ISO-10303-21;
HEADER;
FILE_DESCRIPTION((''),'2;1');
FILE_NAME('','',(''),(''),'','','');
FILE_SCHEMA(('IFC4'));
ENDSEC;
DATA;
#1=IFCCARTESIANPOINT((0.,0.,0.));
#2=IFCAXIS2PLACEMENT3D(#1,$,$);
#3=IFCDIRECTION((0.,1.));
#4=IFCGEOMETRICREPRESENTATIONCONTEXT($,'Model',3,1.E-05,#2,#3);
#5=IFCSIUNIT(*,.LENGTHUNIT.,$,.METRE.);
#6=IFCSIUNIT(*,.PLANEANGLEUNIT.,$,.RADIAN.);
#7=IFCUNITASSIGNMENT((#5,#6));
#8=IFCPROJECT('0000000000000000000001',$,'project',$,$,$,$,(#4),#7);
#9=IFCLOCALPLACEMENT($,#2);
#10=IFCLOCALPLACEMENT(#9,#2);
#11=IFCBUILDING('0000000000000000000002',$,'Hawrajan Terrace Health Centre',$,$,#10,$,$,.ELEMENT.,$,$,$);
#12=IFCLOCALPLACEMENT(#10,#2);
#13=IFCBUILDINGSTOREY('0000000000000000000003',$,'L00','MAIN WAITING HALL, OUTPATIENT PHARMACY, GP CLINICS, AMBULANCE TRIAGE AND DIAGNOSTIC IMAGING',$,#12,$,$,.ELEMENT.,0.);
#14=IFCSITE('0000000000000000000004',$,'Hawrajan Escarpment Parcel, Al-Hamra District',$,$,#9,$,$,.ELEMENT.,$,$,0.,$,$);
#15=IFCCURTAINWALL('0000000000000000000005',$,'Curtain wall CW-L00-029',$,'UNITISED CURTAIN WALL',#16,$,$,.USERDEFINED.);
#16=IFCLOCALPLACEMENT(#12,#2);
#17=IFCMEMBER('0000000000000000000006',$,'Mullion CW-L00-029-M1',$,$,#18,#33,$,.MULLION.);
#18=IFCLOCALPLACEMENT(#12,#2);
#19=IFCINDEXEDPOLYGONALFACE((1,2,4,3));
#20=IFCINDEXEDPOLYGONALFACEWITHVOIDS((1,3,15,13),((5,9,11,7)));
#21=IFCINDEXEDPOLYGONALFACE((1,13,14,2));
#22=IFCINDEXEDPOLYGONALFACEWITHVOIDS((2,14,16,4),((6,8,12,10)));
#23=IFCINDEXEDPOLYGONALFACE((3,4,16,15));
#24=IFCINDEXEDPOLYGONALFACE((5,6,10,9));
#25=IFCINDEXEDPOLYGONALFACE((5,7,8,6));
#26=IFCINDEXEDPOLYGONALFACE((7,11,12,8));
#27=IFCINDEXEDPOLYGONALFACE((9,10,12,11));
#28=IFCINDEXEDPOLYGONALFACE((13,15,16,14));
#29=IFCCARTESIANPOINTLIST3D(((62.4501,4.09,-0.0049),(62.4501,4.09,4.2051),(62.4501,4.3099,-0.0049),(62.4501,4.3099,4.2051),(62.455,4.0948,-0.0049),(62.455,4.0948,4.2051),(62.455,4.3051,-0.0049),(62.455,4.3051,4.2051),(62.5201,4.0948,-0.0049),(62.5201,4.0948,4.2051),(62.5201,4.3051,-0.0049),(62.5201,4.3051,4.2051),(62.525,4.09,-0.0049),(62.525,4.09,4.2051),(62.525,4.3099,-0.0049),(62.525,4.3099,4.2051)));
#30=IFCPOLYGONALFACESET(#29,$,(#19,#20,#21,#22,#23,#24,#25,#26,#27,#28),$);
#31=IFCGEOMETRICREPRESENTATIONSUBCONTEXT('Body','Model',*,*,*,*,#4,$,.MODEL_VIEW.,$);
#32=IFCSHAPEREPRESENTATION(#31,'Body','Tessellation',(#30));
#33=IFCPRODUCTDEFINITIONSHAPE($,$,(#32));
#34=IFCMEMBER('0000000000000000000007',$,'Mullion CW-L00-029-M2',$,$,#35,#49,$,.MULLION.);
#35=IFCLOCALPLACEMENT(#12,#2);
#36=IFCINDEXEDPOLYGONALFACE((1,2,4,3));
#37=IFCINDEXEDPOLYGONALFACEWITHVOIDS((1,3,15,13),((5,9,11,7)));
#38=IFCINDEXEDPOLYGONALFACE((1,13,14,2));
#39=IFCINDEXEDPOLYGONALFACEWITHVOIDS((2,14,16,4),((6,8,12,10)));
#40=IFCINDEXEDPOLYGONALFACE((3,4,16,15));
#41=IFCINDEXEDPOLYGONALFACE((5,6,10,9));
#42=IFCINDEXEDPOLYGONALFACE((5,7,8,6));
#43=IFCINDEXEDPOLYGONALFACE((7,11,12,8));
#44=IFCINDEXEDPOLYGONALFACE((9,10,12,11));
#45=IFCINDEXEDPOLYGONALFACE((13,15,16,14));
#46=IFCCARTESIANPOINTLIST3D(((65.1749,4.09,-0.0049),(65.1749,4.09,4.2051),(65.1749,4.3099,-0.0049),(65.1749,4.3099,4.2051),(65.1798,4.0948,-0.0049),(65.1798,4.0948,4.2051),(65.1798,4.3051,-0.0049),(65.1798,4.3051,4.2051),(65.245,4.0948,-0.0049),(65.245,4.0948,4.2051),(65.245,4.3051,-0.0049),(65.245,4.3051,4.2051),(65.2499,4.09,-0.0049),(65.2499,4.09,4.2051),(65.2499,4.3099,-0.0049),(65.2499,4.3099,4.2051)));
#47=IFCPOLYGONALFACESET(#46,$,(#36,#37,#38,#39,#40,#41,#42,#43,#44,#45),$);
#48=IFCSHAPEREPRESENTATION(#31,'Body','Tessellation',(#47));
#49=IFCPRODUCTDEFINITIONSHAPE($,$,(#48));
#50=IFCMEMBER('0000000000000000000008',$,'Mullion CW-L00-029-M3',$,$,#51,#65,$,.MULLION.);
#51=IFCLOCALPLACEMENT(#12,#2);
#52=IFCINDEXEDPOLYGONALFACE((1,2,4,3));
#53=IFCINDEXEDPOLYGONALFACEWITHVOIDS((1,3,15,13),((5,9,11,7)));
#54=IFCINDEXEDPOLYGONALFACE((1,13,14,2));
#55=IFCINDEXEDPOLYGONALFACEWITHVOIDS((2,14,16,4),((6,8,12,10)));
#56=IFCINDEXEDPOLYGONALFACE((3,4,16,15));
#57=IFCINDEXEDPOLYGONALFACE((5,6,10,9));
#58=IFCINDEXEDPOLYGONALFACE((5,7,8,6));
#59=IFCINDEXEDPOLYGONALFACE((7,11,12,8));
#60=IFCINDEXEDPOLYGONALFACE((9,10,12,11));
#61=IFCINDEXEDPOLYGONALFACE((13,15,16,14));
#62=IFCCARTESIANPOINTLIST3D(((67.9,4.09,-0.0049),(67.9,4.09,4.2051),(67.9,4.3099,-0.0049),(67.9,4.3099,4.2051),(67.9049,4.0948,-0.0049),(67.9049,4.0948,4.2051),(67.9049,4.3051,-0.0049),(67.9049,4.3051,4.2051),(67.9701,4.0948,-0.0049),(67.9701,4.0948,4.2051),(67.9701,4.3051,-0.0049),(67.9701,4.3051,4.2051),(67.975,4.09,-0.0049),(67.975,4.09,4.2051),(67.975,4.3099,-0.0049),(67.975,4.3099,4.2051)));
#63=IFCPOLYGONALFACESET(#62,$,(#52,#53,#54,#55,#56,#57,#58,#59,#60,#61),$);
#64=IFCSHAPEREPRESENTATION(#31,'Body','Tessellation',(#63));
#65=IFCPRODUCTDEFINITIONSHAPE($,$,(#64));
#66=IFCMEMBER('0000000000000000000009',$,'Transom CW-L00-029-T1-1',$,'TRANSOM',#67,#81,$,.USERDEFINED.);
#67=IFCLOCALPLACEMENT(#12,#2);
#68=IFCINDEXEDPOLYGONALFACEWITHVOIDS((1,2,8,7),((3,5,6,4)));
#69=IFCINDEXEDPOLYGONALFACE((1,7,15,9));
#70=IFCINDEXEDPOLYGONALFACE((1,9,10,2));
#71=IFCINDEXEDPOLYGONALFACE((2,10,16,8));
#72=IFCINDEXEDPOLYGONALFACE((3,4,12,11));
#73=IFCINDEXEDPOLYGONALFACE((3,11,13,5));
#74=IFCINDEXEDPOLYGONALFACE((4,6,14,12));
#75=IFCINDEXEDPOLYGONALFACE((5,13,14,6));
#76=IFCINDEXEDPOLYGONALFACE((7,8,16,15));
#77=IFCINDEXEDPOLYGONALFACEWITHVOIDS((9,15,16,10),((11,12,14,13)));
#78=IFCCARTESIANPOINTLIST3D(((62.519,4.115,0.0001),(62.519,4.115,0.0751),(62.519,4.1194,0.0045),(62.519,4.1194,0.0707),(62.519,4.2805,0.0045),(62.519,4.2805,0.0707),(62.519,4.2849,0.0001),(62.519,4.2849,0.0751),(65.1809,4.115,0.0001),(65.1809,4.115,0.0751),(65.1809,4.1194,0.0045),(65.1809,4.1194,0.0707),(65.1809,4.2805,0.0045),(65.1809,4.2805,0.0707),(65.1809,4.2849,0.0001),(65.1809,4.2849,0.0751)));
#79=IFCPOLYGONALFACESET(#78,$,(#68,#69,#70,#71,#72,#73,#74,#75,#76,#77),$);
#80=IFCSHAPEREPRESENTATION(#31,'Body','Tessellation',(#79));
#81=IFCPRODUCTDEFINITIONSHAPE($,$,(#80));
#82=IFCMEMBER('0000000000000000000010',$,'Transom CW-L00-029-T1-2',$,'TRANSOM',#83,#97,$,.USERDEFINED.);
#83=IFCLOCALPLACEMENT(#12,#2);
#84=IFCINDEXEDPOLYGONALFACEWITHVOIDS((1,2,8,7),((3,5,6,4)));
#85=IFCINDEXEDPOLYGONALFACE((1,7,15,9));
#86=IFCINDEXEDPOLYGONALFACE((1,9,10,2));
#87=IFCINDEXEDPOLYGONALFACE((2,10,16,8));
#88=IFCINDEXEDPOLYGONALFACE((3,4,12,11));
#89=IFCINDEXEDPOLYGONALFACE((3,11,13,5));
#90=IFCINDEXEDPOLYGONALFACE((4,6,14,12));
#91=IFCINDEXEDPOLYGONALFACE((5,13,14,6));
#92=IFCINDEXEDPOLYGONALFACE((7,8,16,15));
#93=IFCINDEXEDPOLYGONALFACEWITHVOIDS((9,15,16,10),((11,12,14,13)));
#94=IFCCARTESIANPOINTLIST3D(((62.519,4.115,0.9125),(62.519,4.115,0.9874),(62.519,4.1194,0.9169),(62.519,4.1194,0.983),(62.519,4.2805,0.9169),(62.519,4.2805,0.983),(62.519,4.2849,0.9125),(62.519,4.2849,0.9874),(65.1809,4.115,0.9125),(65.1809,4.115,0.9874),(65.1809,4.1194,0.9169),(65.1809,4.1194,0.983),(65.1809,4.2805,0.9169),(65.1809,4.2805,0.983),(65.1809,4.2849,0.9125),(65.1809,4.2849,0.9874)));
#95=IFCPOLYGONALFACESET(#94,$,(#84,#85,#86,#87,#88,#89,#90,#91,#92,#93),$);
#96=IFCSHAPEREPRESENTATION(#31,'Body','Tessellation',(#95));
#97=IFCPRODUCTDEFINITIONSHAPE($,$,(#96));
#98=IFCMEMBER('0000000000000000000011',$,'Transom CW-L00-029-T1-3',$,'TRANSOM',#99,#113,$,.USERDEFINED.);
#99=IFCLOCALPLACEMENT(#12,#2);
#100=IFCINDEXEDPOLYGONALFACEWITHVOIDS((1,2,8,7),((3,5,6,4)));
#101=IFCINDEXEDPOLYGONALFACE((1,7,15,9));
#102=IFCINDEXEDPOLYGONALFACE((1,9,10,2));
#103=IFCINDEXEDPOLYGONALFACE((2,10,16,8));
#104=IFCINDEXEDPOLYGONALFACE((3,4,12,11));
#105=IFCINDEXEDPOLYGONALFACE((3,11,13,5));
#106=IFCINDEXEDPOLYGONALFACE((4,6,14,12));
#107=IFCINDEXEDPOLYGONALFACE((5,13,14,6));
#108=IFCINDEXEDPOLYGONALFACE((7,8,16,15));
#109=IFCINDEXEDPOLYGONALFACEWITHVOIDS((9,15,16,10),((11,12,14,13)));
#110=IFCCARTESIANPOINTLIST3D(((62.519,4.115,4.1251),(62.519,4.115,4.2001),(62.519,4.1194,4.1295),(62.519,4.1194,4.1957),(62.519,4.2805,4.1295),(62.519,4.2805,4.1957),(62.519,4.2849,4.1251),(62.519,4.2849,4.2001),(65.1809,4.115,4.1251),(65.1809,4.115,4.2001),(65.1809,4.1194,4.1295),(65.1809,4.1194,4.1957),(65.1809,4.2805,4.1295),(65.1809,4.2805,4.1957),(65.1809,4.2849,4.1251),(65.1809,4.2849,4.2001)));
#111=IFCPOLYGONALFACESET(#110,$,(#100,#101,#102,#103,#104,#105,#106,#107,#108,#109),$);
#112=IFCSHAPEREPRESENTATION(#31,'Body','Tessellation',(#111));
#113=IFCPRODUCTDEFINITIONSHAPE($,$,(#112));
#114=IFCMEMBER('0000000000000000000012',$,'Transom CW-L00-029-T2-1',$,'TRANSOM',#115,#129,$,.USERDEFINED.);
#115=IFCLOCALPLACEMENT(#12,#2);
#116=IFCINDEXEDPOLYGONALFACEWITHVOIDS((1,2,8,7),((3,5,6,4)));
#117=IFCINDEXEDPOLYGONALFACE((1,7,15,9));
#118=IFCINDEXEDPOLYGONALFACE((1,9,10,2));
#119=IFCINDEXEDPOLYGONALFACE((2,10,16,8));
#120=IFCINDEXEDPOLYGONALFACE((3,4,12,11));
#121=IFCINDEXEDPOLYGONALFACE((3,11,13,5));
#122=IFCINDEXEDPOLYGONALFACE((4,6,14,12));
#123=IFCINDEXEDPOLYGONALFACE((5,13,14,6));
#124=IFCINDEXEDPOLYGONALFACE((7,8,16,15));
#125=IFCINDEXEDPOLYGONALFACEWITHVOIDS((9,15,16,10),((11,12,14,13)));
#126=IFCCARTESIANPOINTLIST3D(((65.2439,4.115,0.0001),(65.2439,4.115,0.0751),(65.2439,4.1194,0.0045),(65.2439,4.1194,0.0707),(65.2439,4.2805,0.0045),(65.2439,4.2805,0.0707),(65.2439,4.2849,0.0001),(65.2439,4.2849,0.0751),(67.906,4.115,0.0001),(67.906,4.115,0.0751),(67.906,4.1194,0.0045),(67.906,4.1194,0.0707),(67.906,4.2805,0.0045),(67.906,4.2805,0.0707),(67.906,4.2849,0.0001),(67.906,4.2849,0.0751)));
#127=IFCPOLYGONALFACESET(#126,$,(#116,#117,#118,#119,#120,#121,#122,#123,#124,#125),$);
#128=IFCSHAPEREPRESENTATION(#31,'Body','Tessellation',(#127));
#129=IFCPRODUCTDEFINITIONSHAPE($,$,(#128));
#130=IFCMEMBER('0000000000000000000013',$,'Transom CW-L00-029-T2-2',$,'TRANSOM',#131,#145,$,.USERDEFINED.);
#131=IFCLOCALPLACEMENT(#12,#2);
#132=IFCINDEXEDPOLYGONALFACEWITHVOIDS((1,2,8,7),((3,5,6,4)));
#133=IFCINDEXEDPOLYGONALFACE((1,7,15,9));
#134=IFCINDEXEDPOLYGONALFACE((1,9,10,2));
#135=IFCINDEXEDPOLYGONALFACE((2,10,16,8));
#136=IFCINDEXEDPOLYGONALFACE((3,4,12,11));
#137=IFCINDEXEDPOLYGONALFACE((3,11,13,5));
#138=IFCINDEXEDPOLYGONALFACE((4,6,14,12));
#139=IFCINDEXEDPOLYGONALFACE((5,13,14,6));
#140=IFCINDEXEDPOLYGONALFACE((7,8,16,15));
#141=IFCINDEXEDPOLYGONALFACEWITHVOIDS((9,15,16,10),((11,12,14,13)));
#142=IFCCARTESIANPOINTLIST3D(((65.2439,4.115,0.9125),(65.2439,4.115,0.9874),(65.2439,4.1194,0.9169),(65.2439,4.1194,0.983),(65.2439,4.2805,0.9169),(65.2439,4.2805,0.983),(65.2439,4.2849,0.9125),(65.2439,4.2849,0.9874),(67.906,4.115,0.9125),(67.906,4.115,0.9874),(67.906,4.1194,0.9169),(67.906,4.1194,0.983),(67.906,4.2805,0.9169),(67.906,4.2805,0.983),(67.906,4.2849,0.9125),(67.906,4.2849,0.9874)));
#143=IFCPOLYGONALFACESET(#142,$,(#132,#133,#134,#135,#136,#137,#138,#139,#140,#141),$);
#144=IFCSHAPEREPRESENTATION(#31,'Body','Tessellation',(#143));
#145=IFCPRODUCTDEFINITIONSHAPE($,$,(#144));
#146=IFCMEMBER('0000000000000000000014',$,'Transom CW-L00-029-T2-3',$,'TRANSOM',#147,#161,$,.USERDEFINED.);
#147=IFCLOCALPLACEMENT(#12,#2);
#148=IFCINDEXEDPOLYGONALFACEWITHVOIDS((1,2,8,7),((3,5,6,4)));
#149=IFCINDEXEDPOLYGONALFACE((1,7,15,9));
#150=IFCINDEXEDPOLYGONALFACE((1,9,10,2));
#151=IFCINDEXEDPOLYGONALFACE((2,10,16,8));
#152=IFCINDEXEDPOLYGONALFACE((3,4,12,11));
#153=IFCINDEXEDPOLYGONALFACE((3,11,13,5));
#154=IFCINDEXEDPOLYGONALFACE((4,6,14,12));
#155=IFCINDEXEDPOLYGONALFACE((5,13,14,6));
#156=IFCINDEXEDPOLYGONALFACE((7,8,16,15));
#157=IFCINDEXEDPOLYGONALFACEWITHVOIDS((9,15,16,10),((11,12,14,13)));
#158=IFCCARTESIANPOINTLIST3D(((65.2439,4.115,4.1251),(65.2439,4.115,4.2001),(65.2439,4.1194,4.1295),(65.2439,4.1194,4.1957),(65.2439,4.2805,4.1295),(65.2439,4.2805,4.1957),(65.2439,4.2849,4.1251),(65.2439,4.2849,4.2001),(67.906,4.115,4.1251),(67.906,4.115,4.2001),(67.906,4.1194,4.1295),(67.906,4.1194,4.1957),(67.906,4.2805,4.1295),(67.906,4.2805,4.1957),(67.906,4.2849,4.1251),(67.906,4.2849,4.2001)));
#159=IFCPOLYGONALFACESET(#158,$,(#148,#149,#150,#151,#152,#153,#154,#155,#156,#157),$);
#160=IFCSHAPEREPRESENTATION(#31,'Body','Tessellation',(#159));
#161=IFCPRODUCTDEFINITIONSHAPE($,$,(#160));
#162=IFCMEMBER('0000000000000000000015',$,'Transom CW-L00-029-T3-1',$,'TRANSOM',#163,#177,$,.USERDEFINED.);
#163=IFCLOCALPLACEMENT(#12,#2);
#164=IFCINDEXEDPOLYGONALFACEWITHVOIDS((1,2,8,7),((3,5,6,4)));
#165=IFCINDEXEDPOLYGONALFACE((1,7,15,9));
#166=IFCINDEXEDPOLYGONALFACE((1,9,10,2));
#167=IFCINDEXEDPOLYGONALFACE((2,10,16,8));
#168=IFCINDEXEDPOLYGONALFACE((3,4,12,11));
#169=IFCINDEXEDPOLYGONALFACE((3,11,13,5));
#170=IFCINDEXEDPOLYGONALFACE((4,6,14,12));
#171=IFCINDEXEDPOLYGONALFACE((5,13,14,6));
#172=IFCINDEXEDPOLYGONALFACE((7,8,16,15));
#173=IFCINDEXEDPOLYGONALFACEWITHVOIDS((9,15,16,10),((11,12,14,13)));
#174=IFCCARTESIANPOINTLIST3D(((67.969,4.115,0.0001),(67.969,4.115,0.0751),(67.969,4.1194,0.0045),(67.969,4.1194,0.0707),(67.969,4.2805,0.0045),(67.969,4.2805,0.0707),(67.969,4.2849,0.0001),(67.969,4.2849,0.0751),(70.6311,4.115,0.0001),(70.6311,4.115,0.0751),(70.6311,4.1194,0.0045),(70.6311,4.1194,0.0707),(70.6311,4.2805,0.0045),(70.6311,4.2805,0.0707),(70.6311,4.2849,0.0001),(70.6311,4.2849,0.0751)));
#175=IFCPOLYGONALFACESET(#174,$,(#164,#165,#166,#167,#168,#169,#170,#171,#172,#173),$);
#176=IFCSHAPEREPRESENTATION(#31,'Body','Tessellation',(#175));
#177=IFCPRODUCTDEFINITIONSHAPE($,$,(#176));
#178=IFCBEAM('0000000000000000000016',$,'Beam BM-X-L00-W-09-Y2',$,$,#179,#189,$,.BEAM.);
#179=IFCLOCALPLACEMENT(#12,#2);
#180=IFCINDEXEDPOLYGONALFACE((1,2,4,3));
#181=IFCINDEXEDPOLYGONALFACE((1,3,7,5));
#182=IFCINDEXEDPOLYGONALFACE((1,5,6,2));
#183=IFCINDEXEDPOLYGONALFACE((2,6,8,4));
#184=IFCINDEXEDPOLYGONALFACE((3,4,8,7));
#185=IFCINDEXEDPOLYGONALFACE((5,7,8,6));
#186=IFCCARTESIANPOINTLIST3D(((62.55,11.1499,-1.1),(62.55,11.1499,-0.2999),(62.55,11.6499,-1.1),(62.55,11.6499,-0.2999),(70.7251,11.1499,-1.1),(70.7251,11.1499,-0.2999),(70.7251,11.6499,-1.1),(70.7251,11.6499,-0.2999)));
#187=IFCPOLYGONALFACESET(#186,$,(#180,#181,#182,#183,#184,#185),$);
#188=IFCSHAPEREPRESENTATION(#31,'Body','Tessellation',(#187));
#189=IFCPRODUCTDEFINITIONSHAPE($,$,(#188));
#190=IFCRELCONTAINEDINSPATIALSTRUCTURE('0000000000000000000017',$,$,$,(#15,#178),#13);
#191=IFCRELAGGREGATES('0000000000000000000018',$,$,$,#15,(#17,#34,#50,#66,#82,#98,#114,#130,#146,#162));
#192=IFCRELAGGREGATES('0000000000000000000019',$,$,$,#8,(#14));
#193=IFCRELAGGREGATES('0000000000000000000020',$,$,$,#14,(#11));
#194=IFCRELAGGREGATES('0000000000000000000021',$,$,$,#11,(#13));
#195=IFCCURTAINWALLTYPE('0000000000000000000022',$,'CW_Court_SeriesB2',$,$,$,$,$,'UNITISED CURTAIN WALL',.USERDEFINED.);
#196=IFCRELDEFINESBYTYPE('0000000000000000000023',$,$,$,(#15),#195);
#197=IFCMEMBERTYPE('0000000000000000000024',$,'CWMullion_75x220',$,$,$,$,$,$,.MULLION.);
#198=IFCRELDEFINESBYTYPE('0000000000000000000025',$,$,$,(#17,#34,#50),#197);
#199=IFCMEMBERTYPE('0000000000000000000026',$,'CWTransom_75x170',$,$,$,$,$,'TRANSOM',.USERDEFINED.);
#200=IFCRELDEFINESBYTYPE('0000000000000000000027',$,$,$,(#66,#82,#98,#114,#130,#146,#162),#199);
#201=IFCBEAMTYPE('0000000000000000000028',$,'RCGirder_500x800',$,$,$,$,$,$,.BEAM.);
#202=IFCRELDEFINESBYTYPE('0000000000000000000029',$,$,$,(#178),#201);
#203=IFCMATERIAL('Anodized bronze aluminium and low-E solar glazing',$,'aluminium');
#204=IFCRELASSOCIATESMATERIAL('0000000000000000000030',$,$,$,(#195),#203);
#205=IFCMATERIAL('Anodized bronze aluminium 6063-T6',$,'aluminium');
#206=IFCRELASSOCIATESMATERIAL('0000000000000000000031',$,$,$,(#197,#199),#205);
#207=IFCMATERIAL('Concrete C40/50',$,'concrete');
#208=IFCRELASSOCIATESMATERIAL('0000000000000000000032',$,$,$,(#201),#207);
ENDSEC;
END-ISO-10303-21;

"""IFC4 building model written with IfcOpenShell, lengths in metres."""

from ifc_helpers import new_model, si_unit, direction, frame, origin, origin_2d, place, context, subcontext, project, spatial, rectangle, hollow_rectangle, extrude, material, material_profile, profile_set, type_object, element, aggregate, save


model = new_model("IFC4")

# Units and contexts
model_context = context("Model", 3, precision=1e-05, world=origin(), true_north=direction((0.0, 1.0)))
body_context = subcontext(model_context, "Body", "Model", "MODEL_VIEW")
ifc_project = project(units=[si_unit("LENGTHUNIT", "METRE"), si_unit("PLANEANGLEUNIT", "RADIAN")], contexts=[model_context])

# Site, building, storey
site_placement = place(None, origin())
site = spatial("IfcSite", under=ifc_project, at=site_placement, Name="Hawrajan Escarpment Parcel, Al-Hamra District", CompositionType="ELEMENT", RefElevation=0.0)
building_placement = place(site_placement, origin())
building = spatial("IfcBuilding", under=site, at=building_placement, Name="Hawrajan Terrace Health Centre", CompositionType="ELEMENT")
storey_placement = place(building_placement, origin())
storey = spatial("IfcBuildingStorey", under=building, at=storey_placement, Name="L00", Description="MAIN WAITING HALL, OUTPATIENT PHARMACY, GP CLINICS, AMBULANCE TRIAGE AND DIAGNOSTIC IMAGING", CompositionType="ELEMENT", Elevation=0.0)

# Curtain wall, members
ifc_material_1 = material(Name="Anodized bronze aluminium and low-E solar glazing", Category="aluminium")
curtain_wall_type = type_object("IfcCurtainWallType", Name="CW_Court_SeriesB2", ElementType="UNITISED CURTAIN WALL", PredefinedType="USERDEFINED", material=ifc_material_1)
curtain_wall_placement = place(storey_placement, origin())
curtain_wall = element("IfcCurtainWall", 1, at=curtain_wall_placement, inside=storey, type_object=curtain_wall_type, Name="Curtain wall CW-L00-029", ObjectType="UNITISED CURTAIN WALL", PredefinedType="USERDEFINED")
ifc_material_2 = material(Name="Anodized bronze aluminium 6063-T6", Category="aluminium")
ifc_material_profile_1 = material_profile(ifc_material_2, hollow_rectangle(XDim=0.075, YDim=0.22, WallThickness=0.0049, at=origin_2d()), Name="CW MUL 75x220")
ifc_profile_set_1 = profile_set([ifc_material_profile_1], Name="Anodized bronze aluminium 6063-T6")
member_type_1 = type_object("IfcMemberType", Name="CWMullion_75x220", PredefinedType="MULLION", material=ifc_profile_set_1)
member_1_placement = place(storey_placement, frame((62.4875, 4.2, -0.0049), z_axis=(0.0, 0.0, 1.0), x_axis=(1.0, 0.0, 0.0)))
member_1 = element("IfcMember", 2, at=member_1_placement, type_object=member_type_1, Name="Mullion CW-L00-029-M1", PredefinedType="MULLION", context=body_context, shape_type="SweptSolid", body=[
    extrude(hollow_rectangle(XDim=0.075, YDim=0.22, WallThickness=0.0049, at=origin_2d()), origin(), (0.0, 0.0, 1.0), 4.21),
])
member_2_placement = place(storey_placement, frame((65.2124, 4.2, -0.0049), z_axis=(0.0, 0.0, 1.0), x_axis=(1.0, 0.0, 0.0)))
member_2 = element("IfcMember", 3, at=member_2_placement, type_object=member_type_1, Name="Mullion CW-L00-029-M2", PredefinedType="MULLION", context=body_context, shape_type="SweptSolid", body=[
    extrude(hollow_rectangle(XDim=0.075, YDim=0.22, WallThickness=0.0049, at=origin_2d()), origin(), (0.0, 0.0, 1.0), 4.21),
])
member_3_placement = place(storey_placement, frame((67.9375, 4.2, -0.0049), z_axis=(0.0, 0.0, 1.0), x_axis=(1.0, 0.0, 0.0)))
member_3 = element("IfcMember", 4, at=member_3_placement, type_object=member_type_1, Name="Mullion CW-L00-029-M3", PredefinedType="MULLION", context=body_context, shape_type="SweptSolid", body=[
    extrude(hollow_rectangle(XDim=0.075, YDim=0.22, WallThickness=0.0049, at=origin_2d()), origin(), (0.0, 0.0, 1.0), 4.21),
])
ifc_material_profile_2 = material_profile(ifc_material_2, hollow_rectangle(XDim=0.075, YDim=0.1699, WallThickness=0.0044, at=origin_2d()), Name="CW TRN 75x170")
ifc_profile_set_2 = profile_set([ifc_material_profile_2], Name="Anodized bronze aluminium 6063-T6")
member_type_2 = type_object("IfcMemberType", Name="CWTransom_75x170", ElementType="TRANSOM", PredefinedType="USERDEFINED", material=ifc_profile_set_2)
member_4_placement = place(storey_placement, frame((62.519, 4.2, 0.0376), z_axis=(1.0, 0.0, 0.0), x_axis=(0.0, 0.0, 1.0)))
member_4 = element("IfcMember", 5, at=member_4_placement, type_object=member_type_2, Name="Transom CW-L00-029-T1-1", ObjectType="TRANSOM", PredefinedType="USERDEFINED", context=body_context, shape_type="SweptSolid", body=[
    extrude(hollow_rectangle(XDim=0.075, YDim=0.1699, WallThickness=0.0044, at=origin_2d()), origin(), (0.0, 0.0, 1.0), 2.6619),
])
member_5_placement = place(storey_placement, frame((62.519, 4.2, 0.95), z_axis=(1.0, 0.0, 0.0), x_axis=(0.0, 0.0, 1.0)))
member_5 = element("IfcMember", 6, at=member_5_placement, type_object=member_type_2, Name="Transom CW-L00-029-T1-2", ObjectType="TRANSOM", PredefinedType="USERDEFINED", context=body_context, shape_type="SweptSolid", body=[
    extrude(hollow_rectangle(XDim=0.075, YDim=0.1699, WallThickness=0.0044, at=origin_2d()), origin(), (0.0, 0.0, 1.0), 2.6619),
])
member_6_placement = place(storey_placement, frame((62.519, 4.2, 4.1626), z_axis=(1.0, 0.0, 0.0), x_axis=(0.0, 0.0, 1.0)))
member_6 = element("IfcMember", 7, at=member_6_placement, type_object=member_type_2, Name="Transom CW-L00-029-T1-3", ObjectType="TRANSOM", PredefinedType="USERDEFINED", context=body_context, shape_type="SweptSolid", body=[
    extrude(hollow_rectangle(XDim=0.075, YDim=0.1699, WallThickness=0.0044, at=origin_2d()), origin(), (0.0, 0.0, 1.0), 2.6619),
])
member_7_placement = place(storey_placement, frame((65.2439, 4.2, 0.0376), z_axis=(1.0, 0.0, 0.0), x_axis=(0.0, 0.0, 1.0)))
member_7 = element("IfcMember", 8, at=member_7_placement, type_object=member_type_2, Name="Transom CW-L00-029-T2-1", ObjectType="TRANSOM", PredefinedType="USERDEFINED", context=body_context, shape_type="SweptSolid", body=[
    extrude(hollow_rectangle(XDim=0.075, YDim=0.1699, WallThickness=0.0044, at=origin_2d()), origin(), (0.0, 0.0, 1.0), 2.6621),
])
member_8_placement = place(storey_placement, frame((65.2439, 4.2, 0.95), z_axis=(1.0, 0.0, 0.0), x_axis=(0.0, 0.0, 1.0)))
member_8 = element("IfcMember", 9, at=member_8_placement, type_object=member_type_2, Name="Transom CW-L00-029-T2-2", ObjectType="TRANSOM", PredefinedType="USERDEFINED", context=body_context, shape_type="SweptSolid", body=[
    extrude(hollow_rectangle(XDim=0.075, YDim=0.1699, WallThickness=0.0044, at=origin_2d()), origin(), (0.0, 0.0, 1.0), 2.6621),
])
member_9_placement = place(storey_placement, frame((65.2439, 4.2, 4.1626), z_axis=(1.0, 0.0, 0.0), x_axis=(0.0, 0.0, 1.0)))
member_9 = element("IfcMember", 10, at=member_9_placement, type_object=member_type_2, Name="Transom CW-L00-029-T2-3", ObjectType="TRANSOM", PredefinedType="USERDEFINED", context=body_context, shape_type="SweptSolid", body=[
    extrude(hollow_rectangle(XDim=0.075, YDim=0.1699, WallThickness=0.0044, at=origin_2d()), origin(), (0.0, 0.0, 1.0), 2.6621),
])
member_10_placement = place(storey_placement, frame((67.969, 4.2, 0.0376), z_axis=(1.0, 0.0, 0.0), x_axis=(0.0, 0.0, 1.0)))
member_10 = element("IfcMember", 11, at=member_10_placement, type_object=member_type_2, Name="Transom CW-L00-029-T3-1", ObjectType="TRANSOM", PredefinedType="USERDEFINED", context=body_context, shape_type="SweptSolid", body=[
    extrude(hollow_rectangle(XDim=0.075, YDim=0.1699, WallThickness=0.0044, at=origin_2d()), origin(), (0.0, 0.0, 1.0), 2.6621),
])

# Beam
ifc_material_3 = material(Name="Concrete C40/50", Category="concrete")
ifc_material_profile_3 = material_profile(ifc_material_3, rectangle(XDim=0.5, YDim=0.8, at=origin_2d()), Name="RC BM 500x800")
ifc_profile_set_3 = profile_set([ifc_material_profile_3], Name="Concrete C40/50")
beam_type_1 = type_object("IfcBeamType", Name="RCGirder_500x800", PredefinedType="BEAM", material=ifc_profile_set_3)
beam_1_placement = place(storey_placement, frame((62.55, 11.3999, -0.7), z_axis=(1.0, 0.0, 0.0), x_axis=(0.0, 1.0, 0.0)))
element("IfcBeam", 12, at=beam_1_placement, inside=storey, type_object=beam_type_1, Name="Beam BM-X-L00-W-09-Y2", PredefinedType="BEAM", context=body_context, shape_type="SweptSolid", body=[
    extrude(rectangle(XDim=0.5, YDim=0.8, at=origin_2d()), origin(), (0.0, 0.0, 1.0), 8.175),
])

aggregate(curtain_wall, [member_1, member_2, member_3, member_4, member_5, member_6, member_7, member_8, member_9, member_10])

save(model, "model.ifc")
